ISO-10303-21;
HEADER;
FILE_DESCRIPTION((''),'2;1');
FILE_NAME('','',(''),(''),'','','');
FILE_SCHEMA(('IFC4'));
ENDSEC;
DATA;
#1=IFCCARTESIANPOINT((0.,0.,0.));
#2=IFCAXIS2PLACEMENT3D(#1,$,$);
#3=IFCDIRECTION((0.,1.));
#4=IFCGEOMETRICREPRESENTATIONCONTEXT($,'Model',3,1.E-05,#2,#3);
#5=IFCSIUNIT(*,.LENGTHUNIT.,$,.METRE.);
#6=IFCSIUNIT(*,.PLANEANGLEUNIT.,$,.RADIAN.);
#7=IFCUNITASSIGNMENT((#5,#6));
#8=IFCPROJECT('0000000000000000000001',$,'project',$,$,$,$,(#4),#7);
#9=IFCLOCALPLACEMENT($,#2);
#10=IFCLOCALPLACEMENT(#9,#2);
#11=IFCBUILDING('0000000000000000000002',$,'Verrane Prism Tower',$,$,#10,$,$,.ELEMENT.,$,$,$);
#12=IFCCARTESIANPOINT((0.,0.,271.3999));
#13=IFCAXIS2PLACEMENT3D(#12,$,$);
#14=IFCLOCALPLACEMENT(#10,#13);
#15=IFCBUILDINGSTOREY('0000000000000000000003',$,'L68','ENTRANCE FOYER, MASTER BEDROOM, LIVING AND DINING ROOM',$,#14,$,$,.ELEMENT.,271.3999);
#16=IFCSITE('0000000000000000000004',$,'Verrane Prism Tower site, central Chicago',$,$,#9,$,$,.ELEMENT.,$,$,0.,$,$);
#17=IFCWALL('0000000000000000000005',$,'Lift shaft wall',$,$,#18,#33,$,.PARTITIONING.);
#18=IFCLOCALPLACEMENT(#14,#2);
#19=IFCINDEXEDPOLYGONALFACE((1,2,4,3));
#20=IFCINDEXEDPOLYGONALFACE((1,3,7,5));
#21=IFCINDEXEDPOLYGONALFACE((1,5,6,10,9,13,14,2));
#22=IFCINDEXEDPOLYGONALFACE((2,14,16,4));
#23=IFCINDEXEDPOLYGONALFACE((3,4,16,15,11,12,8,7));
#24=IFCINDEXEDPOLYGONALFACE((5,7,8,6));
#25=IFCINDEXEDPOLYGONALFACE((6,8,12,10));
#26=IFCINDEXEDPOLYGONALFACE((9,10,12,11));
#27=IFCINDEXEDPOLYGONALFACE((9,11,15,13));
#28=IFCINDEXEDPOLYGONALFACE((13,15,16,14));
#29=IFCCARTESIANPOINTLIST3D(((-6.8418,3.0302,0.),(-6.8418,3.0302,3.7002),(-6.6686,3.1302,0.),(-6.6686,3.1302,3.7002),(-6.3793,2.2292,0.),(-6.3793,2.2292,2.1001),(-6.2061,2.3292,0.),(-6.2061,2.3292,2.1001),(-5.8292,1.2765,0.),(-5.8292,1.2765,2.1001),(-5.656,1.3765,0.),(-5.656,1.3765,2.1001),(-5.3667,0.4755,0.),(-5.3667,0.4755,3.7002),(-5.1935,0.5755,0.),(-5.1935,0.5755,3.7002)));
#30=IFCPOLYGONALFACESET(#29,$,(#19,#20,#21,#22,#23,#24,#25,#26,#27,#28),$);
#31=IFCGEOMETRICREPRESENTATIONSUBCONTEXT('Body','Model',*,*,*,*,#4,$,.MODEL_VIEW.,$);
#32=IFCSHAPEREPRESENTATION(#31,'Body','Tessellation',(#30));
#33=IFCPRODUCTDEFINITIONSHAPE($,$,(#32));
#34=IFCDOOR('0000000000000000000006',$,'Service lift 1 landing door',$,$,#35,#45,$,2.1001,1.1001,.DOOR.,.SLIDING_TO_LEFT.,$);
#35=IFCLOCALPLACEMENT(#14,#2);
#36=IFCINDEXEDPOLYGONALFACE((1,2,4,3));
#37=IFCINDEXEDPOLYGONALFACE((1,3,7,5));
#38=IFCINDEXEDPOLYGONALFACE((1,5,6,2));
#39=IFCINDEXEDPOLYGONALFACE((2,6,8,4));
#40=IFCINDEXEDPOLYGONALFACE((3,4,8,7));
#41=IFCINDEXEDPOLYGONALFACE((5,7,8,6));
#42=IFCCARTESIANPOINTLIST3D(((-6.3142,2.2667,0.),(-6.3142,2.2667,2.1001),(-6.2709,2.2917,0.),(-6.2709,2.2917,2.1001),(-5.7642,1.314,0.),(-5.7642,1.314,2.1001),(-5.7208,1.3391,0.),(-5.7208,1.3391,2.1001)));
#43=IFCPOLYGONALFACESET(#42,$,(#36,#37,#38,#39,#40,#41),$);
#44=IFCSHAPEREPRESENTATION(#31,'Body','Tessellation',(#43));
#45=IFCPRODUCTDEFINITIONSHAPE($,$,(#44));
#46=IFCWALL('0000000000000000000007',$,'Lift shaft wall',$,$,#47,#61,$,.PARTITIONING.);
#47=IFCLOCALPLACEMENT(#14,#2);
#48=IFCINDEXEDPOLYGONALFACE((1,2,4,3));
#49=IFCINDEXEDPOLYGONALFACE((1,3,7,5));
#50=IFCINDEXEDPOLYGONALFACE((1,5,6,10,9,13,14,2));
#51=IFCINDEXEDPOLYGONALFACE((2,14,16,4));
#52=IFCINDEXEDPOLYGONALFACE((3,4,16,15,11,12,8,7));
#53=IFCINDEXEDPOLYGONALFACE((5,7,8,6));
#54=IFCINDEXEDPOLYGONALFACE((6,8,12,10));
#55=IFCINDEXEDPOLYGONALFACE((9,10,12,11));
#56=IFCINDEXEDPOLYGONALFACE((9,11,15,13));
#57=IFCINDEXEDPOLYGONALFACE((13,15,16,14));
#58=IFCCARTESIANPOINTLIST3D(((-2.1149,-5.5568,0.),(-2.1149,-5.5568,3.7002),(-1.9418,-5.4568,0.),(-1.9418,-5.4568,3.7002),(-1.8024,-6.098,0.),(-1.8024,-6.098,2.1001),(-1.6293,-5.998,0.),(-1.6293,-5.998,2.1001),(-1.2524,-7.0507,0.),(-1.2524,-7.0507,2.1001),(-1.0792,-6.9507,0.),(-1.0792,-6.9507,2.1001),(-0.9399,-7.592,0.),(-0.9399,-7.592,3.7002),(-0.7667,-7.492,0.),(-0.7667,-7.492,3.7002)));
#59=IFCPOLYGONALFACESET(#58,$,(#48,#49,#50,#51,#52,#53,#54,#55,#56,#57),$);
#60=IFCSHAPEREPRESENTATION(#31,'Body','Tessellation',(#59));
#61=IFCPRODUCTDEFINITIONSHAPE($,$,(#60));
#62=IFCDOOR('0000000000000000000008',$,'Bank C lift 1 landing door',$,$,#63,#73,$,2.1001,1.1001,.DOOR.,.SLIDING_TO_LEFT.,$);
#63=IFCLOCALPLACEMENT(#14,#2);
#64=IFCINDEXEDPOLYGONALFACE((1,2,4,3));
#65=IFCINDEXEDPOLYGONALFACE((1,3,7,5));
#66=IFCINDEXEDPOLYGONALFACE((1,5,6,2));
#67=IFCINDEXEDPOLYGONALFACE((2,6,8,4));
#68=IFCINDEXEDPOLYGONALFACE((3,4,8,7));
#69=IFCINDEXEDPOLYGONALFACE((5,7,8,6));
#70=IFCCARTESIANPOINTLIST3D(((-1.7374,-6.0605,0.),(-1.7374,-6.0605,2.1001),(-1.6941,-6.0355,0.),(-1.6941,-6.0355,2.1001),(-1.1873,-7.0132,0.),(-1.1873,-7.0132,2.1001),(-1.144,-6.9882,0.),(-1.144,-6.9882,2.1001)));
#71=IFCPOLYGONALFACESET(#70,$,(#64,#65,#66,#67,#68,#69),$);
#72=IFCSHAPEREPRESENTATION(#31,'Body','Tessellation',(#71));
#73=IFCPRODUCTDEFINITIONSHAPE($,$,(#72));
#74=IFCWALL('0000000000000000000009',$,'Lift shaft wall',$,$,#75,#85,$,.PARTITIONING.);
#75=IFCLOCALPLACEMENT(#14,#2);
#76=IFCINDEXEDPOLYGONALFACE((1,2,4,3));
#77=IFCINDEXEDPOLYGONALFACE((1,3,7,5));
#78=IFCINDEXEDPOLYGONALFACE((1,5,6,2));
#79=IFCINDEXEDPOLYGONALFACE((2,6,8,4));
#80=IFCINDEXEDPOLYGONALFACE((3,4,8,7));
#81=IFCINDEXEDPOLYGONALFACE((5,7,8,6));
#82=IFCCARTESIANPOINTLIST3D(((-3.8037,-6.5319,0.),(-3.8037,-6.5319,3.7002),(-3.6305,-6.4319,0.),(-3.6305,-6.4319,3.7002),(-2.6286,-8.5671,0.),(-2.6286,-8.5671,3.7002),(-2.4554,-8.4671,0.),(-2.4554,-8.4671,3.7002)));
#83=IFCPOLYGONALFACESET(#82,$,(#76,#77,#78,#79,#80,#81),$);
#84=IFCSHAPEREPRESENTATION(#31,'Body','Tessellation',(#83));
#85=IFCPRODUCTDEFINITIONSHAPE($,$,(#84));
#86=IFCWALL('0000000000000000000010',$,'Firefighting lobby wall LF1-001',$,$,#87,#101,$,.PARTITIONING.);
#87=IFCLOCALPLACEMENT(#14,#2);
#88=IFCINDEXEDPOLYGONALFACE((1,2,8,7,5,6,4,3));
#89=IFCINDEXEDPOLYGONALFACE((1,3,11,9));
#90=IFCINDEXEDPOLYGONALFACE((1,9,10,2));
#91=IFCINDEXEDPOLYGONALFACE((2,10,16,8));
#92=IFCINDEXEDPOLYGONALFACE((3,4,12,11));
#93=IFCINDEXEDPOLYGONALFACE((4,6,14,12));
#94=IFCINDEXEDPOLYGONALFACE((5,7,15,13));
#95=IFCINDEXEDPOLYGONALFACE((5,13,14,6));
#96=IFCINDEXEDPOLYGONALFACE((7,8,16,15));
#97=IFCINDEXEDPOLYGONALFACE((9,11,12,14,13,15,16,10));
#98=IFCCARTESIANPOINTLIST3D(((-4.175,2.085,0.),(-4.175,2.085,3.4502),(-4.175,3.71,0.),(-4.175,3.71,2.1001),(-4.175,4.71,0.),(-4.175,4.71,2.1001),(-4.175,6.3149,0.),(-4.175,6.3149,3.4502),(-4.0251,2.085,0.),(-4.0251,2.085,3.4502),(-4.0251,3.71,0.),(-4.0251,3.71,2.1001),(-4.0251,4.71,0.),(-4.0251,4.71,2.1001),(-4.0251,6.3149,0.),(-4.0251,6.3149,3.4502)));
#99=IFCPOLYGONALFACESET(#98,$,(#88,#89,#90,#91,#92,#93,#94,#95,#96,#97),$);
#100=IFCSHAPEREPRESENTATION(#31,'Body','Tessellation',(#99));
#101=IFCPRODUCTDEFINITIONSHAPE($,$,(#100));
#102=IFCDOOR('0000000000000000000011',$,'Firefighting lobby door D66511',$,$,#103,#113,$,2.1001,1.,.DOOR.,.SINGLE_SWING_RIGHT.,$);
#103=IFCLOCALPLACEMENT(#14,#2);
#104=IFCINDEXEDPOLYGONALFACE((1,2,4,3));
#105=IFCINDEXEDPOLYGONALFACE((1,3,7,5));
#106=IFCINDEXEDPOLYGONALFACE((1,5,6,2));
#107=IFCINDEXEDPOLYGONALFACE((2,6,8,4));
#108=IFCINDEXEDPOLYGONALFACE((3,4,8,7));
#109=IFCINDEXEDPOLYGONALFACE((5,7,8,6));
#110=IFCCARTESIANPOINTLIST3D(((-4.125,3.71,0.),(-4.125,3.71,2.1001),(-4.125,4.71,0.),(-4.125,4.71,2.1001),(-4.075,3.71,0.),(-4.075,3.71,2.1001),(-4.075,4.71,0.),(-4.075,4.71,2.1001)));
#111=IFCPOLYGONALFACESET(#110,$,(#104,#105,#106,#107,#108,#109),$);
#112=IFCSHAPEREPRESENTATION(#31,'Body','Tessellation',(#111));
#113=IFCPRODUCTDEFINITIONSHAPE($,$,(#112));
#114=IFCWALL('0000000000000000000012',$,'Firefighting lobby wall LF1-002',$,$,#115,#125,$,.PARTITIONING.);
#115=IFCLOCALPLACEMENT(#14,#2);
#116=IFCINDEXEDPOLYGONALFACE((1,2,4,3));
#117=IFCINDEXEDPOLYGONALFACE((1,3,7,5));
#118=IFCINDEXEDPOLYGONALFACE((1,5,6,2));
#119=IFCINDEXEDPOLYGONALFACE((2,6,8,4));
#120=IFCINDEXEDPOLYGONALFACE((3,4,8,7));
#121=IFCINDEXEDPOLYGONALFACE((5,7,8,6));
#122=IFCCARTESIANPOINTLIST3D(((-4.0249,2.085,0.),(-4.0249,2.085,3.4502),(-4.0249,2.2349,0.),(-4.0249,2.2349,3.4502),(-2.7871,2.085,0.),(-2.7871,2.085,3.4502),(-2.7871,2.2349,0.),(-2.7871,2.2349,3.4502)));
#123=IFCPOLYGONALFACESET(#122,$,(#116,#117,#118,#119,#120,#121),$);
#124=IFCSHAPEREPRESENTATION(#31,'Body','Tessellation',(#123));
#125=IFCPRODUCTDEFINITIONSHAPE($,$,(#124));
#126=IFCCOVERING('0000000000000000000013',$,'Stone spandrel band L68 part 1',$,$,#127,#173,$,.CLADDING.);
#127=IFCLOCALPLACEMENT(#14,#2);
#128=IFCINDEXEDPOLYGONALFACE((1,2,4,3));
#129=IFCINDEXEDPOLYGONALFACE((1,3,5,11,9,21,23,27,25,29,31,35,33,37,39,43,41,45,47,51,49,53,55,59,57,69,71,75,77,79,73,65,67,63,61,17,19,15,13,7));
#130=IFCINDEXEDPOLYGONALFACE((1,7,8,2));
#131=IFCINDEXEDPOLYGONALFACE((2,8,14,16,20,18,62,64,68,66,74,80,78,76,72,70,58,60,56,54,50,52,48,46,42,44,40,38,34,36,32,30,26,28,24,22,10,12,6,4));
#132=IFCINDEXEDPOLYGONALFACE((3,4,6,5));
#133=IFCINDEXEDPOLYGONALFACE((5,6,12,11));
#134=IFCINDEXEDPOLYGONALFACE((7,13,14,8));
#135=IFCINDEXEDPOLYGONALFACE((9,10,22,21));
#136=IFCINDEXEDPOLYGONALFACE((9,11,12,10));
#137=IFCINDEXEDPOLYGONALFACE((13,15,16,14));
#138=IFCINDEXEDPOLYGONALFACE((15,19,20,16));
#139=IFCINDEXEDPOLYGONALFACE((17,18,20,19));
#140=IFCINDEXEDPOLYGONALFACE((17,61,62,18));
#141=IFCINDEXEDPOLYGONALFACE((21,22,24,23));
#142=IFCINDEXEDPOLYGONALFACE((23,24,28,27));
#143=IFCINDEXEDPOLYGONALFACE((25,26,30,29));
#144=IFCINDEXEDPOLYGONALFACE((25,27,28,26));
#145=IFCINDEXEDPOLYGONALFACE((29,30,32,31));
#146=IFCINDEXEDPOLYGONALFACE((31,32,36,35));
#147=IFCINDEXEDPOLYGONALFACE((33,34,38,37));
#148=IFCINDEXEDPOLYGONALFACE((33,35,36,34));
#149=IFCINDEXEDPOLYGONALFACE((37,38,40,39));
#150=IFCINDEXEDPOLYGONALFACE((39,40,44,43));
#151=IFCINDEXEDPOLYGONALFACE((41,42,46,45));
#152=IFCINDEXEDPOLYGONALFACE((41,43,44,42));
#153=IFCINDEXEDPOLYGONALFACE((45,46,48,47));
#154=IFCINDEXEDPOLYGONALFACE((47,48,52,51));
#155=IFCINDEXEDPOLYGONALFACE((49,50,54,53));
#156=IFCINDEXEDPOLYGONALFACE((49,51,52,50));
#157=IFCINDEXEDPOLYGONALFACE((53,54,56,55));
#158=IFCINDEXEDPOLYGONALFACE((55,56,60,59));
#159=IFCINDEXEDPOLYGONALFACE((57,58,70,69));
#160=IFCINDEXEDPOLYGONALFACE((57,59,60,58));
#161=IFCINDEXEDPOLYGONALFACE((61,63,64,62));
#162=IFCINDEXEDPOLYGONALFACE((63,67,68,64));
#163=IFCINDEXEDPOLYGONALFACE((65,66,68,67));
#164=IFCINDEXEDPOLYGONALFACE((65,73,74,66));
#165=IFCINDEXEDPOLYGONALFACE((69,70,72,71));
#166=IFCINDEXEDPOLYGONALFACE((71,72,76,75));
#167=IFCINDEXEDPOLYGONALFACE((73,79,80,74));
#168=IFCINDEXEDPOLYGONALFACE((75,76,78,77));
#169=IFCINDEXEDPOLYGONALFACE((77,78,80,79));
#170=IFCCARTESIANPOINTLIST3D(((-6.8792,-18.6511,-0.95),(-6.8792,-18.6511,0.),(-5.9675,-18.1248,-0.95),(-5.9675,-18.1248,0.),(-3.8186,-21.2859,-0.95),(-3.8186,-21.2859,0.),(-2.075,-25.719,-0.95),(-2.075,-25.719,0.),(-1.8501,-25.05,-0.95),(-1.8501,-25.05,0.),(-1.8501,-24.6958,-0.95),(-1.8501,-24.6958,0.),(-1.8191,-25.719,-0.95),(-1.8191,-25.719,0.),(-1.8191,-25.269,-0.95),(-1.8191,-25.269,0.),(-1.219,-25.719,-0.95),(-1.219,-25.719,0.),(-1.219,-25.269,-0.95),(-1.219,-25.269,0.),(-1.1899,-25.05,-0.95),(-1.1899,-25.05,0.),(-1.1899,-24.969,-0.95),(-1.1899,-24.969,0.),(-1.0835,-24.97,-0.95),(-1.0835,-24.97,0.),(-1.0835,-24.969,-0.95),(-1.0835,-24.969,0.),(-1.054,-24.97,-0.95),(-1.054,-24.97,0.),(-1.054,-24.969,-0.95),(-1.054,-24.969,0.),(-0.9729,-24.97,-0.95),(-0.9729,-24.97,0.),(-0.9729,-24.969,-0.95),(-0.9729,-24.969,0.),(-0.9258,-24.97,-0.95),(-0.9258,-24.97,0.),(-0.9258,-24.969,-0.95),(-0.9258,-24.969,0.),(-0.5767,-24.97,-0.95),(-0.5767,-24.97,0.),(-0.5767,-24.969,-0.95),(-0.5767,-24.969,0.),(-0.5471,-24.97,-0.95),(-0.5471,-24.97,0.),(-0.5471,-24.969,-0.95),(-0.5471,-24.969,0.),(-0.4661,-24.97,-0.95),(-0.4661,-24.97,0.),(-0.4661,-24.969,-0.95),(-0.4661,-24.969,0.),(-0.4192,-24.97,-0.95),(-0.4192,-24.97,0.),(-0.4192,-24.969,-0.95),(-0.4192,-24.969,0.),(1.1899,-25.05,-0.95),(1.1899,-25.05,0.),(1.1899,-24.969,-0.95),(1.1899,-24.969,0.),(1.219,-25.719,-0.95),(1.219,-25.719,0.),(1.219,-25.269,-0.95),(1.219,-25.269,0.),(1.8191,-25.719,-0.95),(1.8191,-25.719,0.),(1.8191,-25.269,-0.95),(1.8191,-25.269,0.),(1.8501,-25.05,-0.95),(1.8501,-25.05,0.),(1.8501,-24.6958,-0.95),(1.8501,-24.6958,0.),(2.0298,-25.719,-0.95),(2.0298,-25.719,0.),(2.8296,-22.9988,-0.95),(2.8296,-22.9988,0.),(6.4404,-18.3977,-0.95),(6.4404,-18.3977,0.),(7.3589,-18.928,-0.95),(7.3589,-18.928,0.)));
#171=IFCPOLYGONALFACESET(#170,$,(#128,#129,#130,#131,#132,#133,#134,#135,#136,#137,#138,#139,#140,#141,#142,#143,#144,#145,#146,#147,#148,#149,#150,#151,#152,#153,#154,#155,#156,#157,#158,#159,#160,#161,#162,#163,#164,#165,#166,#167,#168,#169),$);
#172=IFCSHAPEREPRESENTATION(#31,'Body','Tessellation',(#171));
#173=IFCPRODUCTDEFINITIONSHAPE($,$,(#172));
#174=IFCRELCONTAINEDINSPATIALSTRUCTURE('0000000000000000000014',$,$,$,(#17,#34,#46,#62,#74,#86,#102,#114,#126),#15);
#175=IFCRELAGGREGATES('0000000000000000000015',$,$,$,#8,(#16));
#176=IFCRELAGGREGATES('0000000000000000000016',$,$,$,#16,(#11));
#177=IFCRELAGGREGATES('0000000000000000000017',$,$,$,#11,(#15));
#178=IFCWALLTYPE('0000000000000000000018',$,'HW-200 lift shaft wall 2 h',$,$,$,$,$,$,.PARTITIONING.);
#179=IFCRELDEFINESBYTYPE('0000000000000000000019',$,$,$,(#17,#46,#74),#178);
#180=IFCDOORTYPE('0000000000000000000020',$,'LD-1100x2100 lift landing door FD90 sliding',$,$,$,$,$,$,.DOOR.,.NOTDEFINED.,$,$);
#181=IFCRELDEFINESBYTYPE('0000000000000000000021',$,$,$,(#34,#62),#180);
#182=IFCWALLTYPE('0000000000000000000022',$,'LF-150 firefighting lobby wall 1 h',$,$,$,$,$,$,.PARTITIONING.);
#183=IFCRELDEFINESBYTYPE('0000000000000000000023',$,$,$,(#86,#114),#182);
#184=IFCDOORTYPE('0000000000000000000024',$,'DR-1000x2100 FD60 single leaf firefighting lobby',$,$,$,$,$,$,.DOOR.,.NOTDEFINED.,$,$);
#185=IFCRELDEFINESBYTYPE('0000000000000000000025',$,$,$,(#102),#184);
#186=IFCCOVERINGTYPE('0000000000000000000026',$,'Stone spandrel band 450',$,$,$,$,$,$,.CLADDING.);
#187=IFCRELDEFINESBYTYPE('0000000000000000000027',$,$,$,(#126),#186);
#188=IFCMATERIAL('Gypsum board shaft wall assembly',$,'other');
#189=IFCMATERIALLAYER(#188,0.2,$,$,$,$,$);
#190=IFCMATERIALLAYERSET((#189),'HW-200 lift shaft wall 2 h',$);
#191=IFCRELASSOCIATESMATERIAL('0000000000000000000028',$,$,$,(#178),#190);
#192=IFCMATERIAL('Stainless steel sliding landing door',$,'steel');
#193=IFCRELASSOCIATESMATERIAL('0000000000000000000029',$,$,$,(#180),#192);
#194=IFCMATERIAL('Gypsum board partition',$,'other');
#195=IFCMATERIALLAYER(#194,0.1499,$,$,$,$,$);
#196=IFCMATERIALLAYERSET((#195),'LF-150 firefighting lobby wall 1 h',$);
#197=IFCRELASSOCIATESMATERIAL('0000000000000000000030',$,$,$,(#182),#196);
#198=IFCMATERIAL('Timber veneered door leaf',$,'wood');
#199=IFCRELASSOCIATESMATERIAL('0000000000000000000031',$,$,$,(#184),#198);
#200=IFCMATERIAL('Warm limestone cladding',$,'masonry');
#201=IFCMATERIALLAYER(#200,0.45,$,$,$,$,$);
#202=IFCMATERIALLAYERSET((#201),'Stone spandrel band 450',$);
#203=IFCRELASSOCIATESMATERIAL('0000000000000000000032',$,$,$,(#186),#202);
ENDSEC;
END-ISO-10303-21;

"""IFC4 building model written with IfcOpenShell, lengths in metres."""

from ifc_helpers import new_model, si_unit, direction, frame, frame_2d, origin, place, context, subcontext, project, spatial, polyline, rectangle, outline, extrude, material, layer, layer_set, type_object, element, fill, save


model = new_model("IFC4")

# Units and contexts
model_context = context("Model", 3, precision=1e-05, world=origin(), true_north=direction((0.0, 1.0)))
body_context = subcontext(model_context, "Body", "Model", "MODEL_VIEW")
ifc_project = project(units=[si_unit("LENGTHUNIT", "METRE"), si_unit("PLANEANGLEUNIT", "RADIAN")], contexts=[model_context])

# Site, building, storey
site_placement = place(None, origin())
site = spatial("IfcSite", under=ifc_project, at=site_placement, Name="Verrane Prism Tower site, central Chicago", CompositionType="ELEMENT", RefElevation=0.0)
building_placement = place(site_placement, origin())
building = spatial("IfcBuilding", under=site, at=building_placement, Name="Verrane Prism Tower", CompositionType="ELEMENT")
storey_placement = place(building_placement, frame((0.0, 0.0, 271.3999)))
storey = spatial("IfcBuildingStorey", under=building, at=storey_placement, Name="L68", Description="ENTRANCE FOYER, MASTER BEDROOM, LIVING AND DINING ROOM", CompositionType="ELEMENT", Elevation=271.3999)

# Shared definitions
ifc_material_1 = material(Name="Gypsum board shaft wall assembly", Category="other")
ifc_layer_1 = layer(ifc_material_1, 0.2)
ifc_layer_set_1 = layer_set([ifc_layer_1], Name="HW-200 lift shaft wall 2 h")
wall_type_1 = type_object("IfcWallType", Name="HW-200 lift shaft wall 2 h", PredefinedType="PARTITIONING", material=ifc_layer_set_1)
ifc_material_2 = material(Name="Stainless steel sliding landing door", Category="steel")
door_type_1 = type_object("IfcDoorType", Name="LD-1100x2100 lift landing door FD90 sliding", OperationType="NOTDEFINED", PredefinedType="DOOR", material=ifc_material_2)

# Walls, openings, doors
wall_1_placement = place(storey_placement, frame((-5.28, 0.5254, 0.0), z_axis=(0.0, 0.0, 1.0), x_axis=(-0.500038, 0.866004, 0.0)))
wall_1 = element("IfcWall", 1, at=wall_1_placement, inside=storey, type_object=wall_type_1, Name="Lift shaft wall", PredefinedType="PARTITIONING", context=body_context, shape_type="SweptSolid", body=[
    extrude(rectangle(XDim=2.95, YDim=0.2, at=frame_2d((1.4751, 0.0))), origin(), (0.0, 0.0, 1.0), 3.7002),
])
opening_1_placement = place(wall_1_placement, frame((0.925, 0.0, 0.0)))
opening_1 = element("IfcOpeningElement", 2, at=opening_1_placement, cuts=wall_1, PredefinedType="OPENING", context=body_context, shape_type="SweptSolid", body=[
    extrude(rectangle(XDim=1.1001, YDim=2.1001, at=frame_2d((0.55, 1.05))), frame((0.0, 0.1099, 0.0), z_axis=(0.0, -1.0, 0.0), x_axis=(1.0, 0.0, 0.0)), (0.0, 0.0, 1.0), 0.22),
])
door_1_placement = place(opening_1_placement, origin())
door_1 = element("IfcDoor", 3, at=door_1_placement, inside=storey, type_object=door_type_1, Name="Service lift 1 landing door", OperationType="SLIDING_TO_LEFT", OverallHeight=2.1001, OverallWidth=1.1001, PredefinedType="DOOR", context=body_context, shape_type="SweptSolid", body=[
    extrude(rectangle(XDim=1.1001, YDim=2.1001, at=frame_2d((0.55, 1.05))), frame((0.0, 0.0249, 0.0), z_axis=(0.0, -1.0, 0.0), x_axis=(1.0, 0.0, 0.0)), (0.0, 0.0, 1.0), 0.05),
])
fill(opening_1, door_1)
wall_2_placement = place(storey_placement, frame((-0.8533, -7.542, 0.0), z_axis=(0.0, 0.0, 1.0), x_axis=(-0.500016, 0.866016, 0.0)))
wall_2 = element("IfcWall", 4, at=wall_2_placement, inside=storey, type_object=wall_type_1, Name="Lift shaft wall", PredefinedType="PARTITIONING", context=body_context, shape_type="SweptSolid", body=[
    extrude(rectangle(XDim=2.3501, YDim=0.2, at=frame_2d((1.175, 0.0))), origin(), (0.0, 0.0, 1.0), 3.7002),
])
opening_2_placement = place(wall_2_placement, frame((0.625, 0.0, 0.0)))
opening_2 = element("IfcOpeningElement", 5, at=opening_2_placement, cuts=wall_2, PredefinedType="OPENING", context=body_context, shape_type="SweptSolid", body=[
    extrude(rectangle(XDim=1.1001, YDim=2.1001, at=frame_2d((0.55, 1.05))), frame((0.0, 0.1099, 0.0), z_axis=(0.0, -1.0, 0.0), x_axis=(1.0, 0.0, 0.0)), (0.0, 0.0, 1.0), 0.22),
])
door_2_placement = place(opening_2_placement, origin())
door_2 = element("IfcDoor", 6, at=door_2_placement, inside=storey, type_object=door_type_1, Name="Bank C lift 1 landing door", OperationType="SLIDING_TO_LEFT", OverallHeight=2.1001, OverallWidth=1.1001, PredefinedType="DOOR", context=body_context, shape_type="SweptSolid", body=[
    extrude(rectangle(XDim=1.1001, YDim=2.1001, at=frame_2d((0.55, 1.05))), frame((0.0, 0.0249, 0.0), z_axis=(0.0, -1.0, 0.0), x_axis=(1.0, 0.0, 0.0)), (0.0, 0.0, 1.0), 0.05),
])
fill(opening_2, door_2)

# Wall
wall_3_placement = place(storey_placement, frame((-2.542, -8.5171, 0.0), z_axis=(0.0, 0.0, 1.0), x_axis=(-0.500016, 0.866016, 0.0)))
element("IfcWall", 7, at=wall_3_placement, inside=storey, type_object=wall_type_1, Name="Lift shaft wall", PredefinedType="PARTITIONING", context=body_context, shape_type="SweptSolid", body=[
    extrude(rectangle(XDim=2.3501, YDim=0.2, at=frame_2d((1.175, 0.0))), origin(), (0.0, 0.0, 1.0), 3.7002),
])

# Wall, opening, door
ifc_material_3 = material(Name="Gypsum board partition", Category="other")
ifc_layer_2 = layer(ifc_material_3, 0.1499)
ifc_layer_set_2 = layer_set([ifc_layer_2], Name="LF-150 firefighting lobby wall 1 h")
wall_type_2 = type_object("IfcWallType", Name="LF-150 firefighting lobby wall 1 h", PredefinedType="PARTITIONING", material=ifc_layer_set_2)
wall_4_placement = place(storey_placement, frame((-4.1001, 2.085, 0.0), z_axis=(0.0, 0.0, 1.0), x_axis=(0.0, 1.0, 0.0)))
wall_4 = element("IfcWall", 8, at=wall_4_placement, inside=storey, type_object=wall_type_2, Name="Firefighting lobby wall LF1-001", PredefinedType="PARTITIONING", context=body_context, shape_type="SweptSolid", body=[
    extrude(rectangle(XDim=4.23, YDim=0.1499, at=frame_2d((2.115, 0.0))), origin(), (0.0, 0.0, 1.0), 3.4502),
])
opening_3_placement = place(wall_4_placement, frame((1.625, 0.0, 0.0)))
opening_3 = element("IfcOpeningElement", 9, at=opening_3_placement, cuts=wall_4, PredefinedType="OPENING", context=body_context, shape_type="SweptSolid", body=[
    extrude(rectangle(XDim=1.0, YDim=2.1001, at=frame_2d((0.5, 1.05))), frame((0.0, 0.085, 0.0), z_axis=(0.0, -1.0, 0.0), x_axis=(1.0, 0.0, 0.0)), (0.0, 0.0, 1.0), 0.1699),
])
ifc_material_4 = material(Name="Timber veneered door leaf", Category="wood")
door_type_2 = type_object("IfcDoorType", Name="DR-1000x2100 FD60 single leaf firefighting lobby", OperationType="NOTDEFINED", PredefinedType="DOOR", material=ifc_material_4)
door_3_placement = place(opening_3_placement, origin())
door_3 = element("IfcDoor", 10, at=door_3_placement, inside=storey, type_object=door_type_2, Name="Firefighting lobby door D66511", OperationType="SINGLE_SWING_RIGHT", OverallHeight=2.1001, OverallWidth=1.0, PredefinedType="DOOR", context=body_context, shape_type="SweptSolid", body=[
    extrude(rectangle(XDim=1.0, YDim=2.1001, at=frame_2d((0.5, 1.05))), frame((0.0, 0.0249, 0.0), z_axis=(0.0, -1.0, 0.0), x_axis=(1.0, 0.0, 0.0)), (0.0, 0.0, 1.0), 0.05),
])
fill(opening_3, door_3)

# Wall
wall_5_placement = place(storey_placement, frame((-4.0249, 2.1599, 0.0), z_axis=(0.0, 0.0, 1.0), x_axis=(1.0, 0.0, 0.0)))
element("IfcWall", 11, at=wall_5_placement, inside=storey, type_object=wall_type_2, Name="Firefighting lobby wall LF1-002", PredefinedType="PARTITIONING", context=body_context, shape_type="SweptSolid", body=[
    extrude(rectangle(XDim=1.2378, YDim=0.1499, at=frame_2d((0.6189, 0.0))), origin(), (0.0, 0.0, 1.0), 3.4502),
])

# Covering
ifc_material_5 = material(Name="Warm limestone cladding", Category="masonry")
ifc_layer_3 = layer(ifc_material_5, 0.45)
ifc_layer_set_3 = layer_set([ifc_layer_3], Name="Stone spandrel band 450")
covering_type = type_object("IfcCoveringType", Name="Stone spandrel band 450", PredefinedType="CLADDING", material=ifc_layer_set_3)
covering_1_placement = place(storey_placement, frame((0.0, 0.0, -0.95)))
element("IfcCovering", 12, at=covering_1_placement, inside=storey, type_object=covering_type, Name="Stone spandrel band L68 part 1", PredefinedType="CLADDING", context=body_context, shape_type="SweptSolid", body=[
    extrude(outline(polyline([(-1.0835, -24.969), (-1.1899, -24.969), (-1.1899, -25.05), (-1.8501, -25.05), (-1.8501, -24.6958), (-3.8186, -21.2859), (-5.9675, -18.1248), (-6.8792, -18.6511), (-2.075, -25.719), (-1.8191, -25.719), (-1.8191, -25.269), (-1.219, -25.269), (-1.219, -25.719), (1.219, -25.719), (1.219, -25.269), (1.8191, -25.269), (1.8191, -25.719), (2.0298, -25.719), (7.3589, -18.928), (6.4404, -18.3977), (2.8296, -22.9988), (1.8501, -24.6958), (1.8501, -25.05), (1.1899, -25.05), (1.1899, -24.969), (-0.4192, -24.969), (-0.4192, -24.97), (-0.4661, -24.97), (-0.4661, -24.969), (-0.5471, -24.969), (-0.5471, -24.97), (-0.5767, -24.97), (-0.5767, -24.969), (-0.9258, -24.969), (-0.9258, -24.97), (-0.9729, -24.97), (-0.9729, -24.969), (-1.054, -24.969), (-1.054, -24.97), (-1.0835, -24.97), (-1.0835, -24.969)])), origin(), (0.0, 0.0, 1.0), 0.95),
])

save(model, "model.ifc")
